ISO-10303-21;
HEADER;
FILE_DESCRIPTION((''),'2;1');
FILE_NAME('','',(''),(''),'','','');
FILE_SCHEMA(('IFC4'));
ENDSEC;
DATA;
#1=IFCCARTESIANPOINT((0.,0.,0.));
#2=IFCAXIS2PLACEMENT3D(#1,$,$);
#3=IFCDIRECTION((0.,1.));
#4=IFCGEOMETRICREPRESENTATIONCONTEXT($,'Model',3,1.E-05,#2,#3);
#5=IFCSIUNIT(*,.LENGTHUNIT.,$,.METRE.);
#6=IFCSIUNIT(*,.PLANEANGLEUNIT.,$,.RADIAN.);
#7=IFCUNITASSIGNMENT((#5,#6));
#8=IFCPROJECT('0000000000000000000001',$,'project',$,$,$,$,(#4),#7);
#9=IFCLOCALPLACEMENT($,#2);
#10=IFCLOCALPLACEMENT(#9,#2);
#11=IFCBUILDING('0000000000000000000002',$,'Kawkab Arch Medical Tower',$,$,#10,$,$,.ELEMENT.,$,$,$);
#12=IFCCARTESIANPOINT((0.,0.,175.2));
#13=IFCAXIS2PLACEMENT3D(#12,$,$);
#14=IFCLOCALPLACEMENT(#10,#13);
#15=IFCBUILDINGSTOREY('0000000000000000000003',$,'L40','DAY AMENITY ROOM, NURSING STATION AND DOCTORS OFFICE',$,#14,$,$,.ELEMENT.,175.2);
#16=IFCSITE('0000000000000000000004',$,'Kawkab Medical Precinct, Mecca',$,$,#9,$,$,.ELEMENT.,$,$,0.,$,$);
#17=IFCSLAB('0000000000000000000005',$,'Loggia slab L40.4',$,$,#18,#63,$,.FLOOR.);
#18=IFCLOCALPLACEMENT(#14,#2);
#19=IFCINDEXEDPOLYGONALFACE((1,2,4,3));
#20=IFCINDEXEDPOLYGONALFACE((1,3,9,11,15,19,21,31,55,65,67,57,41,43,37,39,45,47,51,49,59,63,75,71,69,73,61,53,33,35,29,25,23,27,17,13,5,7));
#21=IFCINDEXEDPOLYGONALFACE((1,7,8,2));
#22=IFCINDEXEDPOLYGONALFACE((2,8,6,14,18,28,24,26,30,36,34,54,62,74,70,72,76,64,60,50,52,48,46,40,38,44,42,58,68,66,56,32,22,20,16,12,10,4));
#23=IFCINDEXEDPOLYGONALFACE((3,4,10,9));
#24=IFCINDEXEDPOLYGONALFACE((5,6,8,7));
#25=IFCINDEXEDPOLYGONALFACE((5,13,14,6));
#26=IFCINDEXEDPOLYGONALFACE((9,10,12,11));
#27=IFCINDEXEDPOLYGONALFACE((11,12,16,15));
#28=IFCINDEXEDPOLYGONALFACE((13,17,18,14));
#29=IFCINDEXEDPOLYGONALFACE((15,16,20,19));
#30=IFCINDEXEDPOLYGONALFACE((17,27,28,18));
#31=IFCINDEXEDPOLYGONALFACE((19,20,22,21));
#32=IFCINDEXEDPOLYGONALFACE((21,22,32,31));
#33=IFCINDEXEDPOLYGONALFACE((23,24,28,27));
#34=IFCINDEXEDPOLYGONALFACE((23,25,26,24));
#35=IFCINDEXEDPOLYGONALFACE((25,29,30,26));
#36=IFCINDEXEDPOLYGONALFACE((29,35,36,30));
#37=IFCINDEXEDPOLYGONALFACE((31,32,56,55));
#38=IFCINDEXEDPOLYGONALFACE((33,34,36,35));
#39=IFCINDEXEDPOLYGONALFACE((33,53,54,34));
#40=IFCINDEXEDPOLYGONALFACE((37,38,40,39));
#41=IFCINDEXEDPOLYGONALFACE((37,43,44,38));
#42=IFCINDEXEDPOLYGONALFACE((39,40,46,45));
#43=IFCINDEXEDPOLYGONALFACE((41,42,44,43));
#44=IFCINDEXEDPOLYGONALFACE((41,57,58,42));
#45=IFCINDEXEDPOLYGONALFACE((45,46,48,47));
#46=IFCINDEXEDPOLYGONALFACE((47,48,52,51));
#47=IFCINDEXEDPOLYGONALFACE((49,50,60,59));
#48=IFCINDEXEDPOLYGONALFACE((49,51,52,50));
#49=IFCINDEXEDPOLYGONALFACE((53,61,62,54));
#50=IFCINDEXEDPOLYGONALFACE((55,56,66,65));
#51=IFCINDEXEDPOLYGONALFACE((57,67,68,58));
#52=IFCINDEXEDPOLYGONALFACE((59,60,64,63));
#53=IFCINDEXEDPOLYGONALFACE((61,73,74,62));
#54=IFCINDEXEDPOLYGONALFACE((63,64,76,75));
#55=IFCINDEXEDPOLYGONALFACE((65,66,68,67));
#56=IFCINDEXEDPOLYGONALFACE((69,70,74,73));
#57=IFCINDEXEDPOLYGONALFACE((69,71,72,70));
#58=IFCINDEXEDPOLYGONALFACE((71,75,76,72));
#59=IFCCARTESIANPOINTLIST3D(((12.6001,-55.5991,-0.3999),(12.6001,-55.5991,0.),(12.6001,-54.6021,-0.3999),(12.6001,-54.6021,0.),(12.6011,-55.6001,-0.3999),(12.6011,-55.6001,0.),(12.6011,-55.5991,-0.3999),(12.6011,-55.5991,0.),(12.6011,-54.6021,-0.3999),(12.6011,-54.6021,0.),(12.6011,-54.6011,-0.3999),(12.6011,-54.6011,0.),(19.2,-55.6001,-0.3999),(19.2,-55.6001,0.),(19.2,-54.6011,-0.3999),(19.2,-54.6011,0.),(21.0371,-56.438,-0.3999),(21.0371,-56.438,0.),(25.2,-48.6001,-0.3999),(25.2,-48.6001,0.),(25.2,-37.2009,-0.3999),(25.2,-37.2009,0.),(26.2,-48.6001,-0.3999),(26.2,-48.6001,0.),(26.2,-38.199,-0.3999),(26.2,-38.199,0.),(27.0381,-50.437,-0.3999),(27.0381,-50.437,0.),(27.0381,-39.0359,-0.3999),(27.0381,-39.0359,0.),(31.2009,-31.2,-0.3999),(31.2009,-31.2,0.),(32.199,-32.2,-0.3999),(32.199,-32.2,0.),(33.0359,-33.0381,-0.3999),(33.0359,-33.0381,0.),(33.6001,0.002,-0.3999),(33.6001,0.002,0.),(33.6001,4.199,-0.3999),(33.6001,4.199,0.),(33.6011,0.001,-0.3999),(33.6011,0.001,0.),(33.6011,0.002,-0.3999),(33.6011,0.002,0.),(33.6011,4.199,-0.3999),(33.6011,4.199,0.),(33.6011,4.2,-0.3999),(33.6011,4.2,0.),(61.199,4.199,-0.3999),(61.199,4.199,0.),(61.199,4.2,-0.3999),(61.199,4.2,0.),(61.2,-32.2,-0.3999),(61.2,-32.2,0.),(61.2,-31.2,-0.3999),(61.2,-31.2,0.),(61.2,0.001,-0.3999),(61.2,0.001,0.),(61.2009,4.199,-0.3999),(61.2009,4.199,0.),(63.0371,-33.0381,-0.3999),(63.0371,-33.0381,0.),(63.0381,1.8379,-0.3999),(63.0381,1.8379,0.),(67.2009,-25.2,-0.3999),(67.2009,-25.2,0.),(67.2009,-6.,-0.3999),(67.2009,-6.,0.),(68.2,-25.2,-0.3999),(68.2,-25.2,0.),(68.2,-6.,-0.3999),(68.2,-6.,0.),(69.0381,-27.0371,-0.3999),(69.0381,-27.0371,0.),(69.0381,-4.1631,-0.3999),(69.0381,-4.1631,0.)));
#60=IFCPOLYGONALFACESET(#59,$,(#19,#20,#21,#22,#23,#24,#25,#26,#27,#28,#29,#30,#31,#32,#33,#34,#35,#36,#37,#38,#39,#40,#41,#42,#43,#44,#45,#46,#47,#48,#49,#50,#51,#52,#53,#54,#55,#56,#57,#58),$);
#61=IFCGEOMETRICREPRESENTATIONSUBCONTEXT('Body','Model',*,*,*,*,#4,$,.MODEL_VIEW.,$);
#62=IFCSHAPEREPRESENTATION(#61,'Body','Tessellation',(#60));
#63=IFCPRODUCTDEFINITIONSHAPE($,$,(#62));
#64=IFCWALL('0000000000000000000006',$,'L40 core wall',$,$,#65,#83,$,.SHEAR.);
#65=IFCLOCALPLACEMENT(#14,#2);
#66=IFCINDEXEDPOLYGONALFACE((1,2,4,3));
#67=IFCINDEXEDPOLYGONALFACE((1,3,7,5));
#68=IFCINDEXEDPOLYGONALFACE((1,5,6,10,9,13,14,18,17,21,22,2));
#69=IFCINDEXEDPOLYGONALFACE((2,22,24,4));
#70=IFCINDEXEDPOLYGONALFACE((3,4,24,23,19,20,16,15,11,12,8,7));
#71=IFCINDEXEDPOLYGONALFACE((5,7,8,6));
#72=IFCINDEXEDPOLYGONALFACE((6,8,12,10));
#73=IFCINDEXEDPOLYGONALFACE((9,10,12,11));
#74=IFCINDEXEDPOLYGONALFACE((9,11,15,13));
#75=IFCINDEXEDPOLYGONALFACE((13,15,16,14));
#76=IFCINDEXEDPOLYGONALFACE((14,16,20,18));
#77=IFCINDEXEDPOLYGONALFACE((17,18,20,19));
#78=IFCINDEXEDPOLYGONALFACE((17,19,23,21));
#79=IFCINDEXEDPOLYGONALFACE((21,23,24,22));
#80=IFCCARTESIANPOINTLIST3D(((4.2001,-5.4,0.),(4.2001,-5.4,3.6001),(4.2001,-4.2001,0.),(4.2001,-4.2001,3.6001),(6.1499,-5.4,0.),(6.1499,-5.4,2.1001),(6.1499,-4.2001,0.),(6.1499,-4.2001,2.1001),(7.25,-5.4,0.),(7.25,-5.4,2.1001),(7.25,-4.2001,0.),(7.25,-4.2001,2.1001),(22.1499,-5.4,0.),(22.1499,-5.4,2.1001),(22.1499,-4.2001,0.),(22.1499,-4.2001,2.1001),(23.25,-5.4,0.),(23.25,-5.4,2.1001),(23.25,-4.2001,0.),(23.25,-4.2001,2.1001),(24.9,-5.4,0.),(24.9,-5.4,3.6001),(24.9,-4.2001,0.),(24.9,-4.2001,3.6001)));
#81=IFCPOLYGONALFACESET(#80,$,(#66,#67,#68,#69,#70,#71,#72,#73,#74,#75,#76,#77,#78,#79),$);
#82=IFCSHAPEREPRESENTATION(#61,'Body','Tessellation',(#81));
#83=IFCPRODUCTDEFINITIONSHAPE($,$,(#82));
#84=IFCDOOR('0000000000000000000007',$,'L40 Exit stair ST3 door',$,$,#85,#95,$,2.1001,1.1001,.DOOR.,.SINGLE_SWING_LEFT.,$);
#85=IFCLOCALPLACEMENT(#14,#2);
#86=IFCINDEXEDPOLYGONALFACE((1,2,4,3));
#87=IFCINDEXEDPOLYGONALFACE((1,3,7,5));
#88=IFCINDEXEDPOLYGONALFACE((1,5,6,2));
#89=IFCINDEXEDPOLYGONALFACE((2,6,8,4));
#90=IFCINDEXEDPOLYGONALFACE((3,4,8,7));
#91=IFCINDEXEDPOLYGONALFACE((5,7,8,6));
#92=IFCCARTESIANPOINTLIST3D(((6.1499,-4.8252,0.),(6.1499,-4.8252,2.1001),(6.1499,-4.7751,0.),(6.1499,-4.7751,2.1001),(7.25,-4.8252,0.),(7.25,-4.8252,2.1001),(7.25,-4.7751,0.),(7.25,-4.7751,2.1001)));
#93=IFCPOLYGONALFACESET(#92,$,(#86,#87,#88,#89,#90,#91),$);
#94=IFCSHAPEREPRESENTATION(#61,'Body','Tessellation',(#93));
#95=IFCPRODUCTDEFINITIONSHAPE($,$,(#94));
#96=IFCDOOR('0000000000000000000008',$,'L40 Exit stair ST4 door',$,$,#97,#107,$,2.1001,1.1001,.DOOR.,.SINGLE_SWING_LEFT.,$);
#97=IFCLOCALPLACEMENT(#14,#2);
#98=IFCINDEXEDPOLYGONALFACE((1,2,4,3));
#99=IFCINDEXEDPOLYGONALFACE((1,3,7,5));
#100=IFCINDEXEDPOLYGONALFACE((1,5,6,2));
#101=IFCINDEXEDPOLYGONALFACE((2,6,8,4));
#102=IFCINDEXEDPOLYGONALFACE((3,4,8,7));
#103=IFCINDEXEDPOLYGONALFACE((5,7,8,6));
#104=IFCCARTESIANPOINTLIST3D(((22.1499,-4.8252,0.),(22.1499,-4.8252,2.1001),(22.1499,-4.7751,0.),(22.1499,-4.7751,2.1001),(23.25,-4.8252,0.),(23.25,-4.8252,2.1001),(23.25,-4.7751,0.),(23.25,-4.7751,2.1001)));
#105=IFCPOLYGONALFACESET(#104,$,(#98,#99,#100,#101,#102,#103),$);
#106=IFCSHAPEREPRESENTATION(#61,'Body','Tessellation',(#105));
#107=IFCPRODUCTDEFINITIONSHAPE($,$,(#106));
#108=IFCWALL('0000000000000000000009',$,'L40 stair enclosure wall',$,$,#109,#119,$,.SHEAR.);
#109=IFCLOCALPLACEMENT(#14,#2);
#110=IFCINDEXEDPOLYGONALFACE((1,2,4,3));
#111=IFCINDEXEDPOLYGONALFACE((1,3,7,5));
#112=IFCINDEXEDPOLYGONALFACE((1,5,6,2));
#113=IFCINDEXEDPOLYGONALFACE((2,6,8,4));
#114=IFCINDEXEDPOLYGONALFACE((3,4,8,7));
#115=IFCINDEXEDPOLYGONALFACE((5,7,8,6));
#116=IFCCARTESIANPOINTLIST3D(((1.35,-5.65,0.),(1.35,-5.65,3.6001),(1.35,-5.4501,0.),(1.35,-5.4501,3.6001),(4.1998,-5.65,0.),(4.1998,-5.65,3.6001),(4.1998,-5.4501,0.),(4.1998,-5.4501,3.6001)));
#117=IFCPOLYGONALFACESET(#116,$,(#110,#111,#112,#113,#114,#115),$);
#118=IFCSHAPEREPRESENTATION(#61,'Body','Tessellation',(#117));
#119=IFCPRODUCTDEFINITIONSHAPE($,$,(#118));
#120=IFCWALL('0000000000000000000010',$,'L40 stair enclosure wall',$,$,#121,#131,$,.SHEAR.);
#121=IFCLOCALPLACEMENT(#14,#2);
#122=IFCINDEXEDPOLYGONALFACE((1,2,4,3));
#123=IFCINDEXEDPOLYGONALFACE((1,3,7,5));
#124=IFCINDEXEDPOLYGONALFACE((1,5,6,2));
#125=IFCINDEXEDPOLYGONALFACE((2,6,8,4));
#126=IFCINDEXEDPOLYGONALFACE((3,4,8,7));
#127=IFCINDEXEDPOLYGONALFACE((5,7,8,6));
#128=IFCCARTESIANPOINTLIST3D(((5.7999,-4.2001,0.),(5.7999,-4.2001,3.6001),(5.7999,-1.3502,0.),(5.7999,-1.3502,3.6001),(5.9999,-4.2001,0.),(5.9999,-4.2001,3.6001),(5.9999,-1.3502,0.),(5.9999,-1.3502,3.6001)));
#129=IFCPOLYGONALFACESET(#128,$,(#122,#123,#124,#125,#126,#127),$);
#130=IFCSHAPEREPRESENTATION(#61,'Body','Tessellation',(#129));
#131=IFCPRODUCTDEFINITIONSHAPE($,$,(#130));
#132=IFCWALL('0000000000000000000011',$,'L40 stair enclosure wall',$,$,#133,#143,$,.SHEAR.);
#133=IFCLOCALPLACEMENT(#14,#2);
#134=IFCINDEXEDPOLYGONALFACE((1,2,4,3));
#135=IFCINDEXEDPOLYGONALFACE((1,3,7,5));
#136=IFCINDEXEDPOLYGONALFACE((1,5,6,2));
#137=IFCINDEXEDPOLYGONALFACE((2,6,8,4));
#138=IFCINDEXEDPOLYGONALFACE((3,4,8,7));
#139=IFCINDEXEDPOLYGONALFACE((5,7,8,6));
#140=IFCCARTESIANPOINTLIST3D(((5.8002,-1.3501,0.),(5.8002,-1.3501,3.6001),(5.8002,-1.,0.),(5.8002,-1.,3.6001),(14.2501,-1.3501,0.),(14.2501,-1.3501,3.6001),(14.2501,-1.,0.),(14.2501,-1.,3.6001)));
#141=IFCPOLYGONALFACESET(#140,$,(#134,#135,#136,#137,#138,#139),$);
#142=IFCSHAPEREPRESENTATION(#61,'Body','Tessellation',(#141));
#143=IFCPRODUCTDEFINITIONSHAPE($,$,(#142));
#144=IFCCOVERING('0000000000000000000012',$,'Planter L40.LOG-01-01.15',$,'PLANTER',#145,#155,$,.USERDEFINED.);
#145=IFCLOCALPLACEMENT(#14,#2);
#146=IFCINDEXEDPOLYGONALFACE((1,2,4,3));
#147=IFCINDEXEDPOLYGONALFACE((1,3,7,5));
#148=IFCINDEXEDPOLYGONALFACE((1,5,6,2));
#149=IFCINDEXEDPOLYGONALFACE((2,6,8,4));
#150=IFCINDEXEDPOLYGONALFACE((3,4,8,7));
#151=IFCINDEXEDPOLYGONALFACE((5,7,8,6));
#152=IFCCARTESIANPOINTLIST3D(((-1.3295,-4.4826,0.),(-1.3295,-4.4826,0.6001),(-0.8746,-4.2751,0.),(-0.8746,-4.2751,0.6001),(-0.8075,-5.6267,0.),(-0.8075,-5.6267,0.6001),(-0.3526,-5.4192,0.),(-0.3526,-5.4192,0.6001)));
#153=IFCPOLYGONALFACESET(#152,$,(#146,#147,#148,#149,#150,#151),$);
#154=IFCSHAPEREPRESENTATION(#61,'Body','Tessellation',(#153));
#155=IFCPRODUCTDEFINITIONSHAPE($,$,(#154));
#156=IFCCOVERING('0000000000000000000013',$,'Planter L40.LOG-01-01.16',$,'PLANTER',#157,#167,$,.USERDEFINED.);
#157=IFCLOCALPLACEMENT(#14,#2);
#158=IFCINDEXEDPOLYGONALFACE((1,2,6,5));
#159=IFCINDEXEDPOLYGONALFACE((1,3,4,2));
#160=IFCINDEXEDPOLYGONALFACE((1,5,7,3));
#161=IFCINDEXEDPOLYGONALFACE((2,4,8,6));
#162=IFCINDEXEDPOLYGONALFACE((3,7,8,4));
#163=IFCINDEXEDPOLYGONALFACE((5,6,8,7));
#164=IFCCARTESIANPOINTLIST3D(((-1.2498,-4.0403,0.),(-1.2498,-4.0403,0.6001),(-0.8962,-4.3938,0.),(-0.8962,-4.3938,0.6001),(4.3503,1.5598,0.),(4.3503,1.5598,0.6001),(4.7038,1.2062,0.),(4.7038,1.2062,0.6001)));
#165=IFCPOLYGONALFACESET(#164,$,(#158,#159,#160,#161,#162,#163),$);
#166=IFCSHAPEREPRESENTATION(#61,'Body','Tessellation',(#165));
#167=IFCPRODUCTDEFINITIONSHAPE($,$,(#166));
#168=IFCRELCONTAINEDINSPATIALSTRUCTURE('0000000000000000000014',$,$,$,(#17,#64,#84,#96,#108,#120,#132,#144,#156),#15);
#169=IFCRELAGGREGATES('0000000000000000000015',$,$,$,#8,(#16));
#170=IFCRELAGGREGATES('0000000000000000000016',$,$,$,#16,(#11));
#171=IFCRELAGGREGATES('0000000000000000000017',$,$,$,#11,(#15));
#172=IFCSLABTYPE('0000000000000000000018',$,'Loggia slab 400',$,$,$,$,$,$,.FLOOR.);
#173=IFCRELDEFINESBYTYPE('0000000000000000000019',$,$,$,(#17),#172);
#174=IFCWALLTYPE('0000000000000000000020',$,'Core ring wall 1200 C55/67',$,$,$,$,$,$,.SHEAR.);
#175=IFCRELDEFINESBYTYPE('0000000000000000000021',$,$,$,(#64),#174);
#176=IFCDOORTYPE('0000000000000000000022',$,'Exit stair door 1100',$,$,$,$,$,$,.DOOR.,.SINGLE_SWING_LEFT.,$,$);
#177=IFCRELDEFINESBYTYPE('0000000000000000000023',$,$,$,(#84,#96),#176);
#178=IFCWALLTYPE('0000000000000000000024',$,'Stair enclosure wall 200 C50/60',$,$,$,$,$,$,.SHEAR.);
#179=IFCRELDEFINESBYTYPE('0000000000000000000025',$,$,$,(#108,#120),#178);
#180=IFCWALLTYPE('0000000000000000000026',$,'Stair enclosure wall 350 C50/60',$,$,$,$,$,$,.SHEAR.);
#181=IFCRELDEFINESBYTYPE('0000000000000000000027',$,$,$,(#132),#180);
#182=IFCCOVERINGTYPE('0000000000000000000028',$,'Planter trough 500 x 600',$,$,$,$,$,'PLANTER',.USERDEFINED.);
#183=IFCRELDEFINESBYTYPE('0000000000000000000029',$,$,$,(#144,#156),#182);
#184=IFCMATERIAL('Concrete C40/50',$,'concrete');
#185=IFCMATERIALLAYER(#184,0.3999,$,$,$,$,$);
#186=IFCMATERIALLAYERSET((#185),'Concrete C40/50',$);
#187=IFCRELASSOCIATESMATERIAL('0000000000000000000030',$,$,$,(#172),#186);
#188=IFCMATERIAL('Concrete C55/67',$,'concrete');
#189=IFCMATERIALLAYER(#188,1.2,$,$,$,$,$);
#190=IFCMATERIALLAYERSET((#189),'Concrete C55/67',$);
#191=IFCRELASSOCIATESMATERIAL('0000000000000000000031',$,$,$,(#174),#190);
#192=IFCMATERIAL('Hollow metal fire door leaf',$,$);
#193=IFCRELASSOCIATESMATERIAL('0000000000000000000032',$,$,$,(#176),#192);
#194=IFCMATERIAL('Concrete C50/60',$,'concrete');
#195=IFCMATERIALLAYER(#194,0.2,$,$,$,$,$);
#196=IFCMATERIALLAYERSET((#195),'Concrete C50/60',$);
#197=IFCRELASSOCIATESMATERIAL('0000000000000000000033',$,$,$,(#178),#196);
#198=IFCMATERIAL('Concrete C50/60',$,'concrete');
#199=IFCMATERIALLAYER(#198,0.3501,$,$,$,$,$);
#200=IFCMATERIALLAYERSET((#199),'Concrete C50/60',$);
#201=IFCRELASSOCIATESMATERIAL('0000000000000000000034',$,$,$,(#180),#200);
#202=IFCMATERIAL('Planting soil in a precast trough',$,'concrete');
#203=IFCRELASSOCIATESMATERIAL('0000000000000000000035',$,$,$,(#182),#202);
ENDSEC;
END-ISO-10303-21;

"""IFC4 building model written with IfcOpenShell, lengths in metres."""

from ifc_helpers import new_model, si_unit, direction, frame, frame_2d, origin, origin_2d, place, context, subcontext, project, spatial, polyline, rectangle, outline, extrude, material, layer, layer_set, material_profile, profile_set, type_object, element, fill, save


model = new_model("IFC4")

# Units and contexts
model_context = context("Model", 3, precision=1e-05, world=origin(), true_north=direction((0.0, 1.0)))
body_context = subcontext(model_context, "Body", "Model", "MODEL_VIEW")
ifc_project = project(units=[si_unit("LENGTHUNIT", "METRE"), si_unit("PLANEANGLEUNIT", "RADIAN")], contexts=[model_context])

# Site, building, storey
site_placement = place(None, origin())
site = spatial("IfcSite", under=ifc_project, at=site_placement, Name="Kawkab Medical Precinct, Mecca", CompositionType="ELEMENT", RefElevation=0.0)
building_placement = place(site_placement, origin())
building = spatial("IfcBuilding", under=site, at=building_placement, Name="Kawkab Arch Medical Tower", CompositionType="ELEMENT")
storey_placement = place(building_placement, frame((0.0, 0.0, 175.2)))
storey = spatial("IfcBuildingStorey", under=building, at=storey_placement, Name="L40", Description="DAY AMENITY ROOM, NURSING STATION AND DOCTORS OFFICE", CompositionType="ELEMENT", Elevation=175.2)

# Slab
ifc_material_1 = material(Name="Concrete C40/50", Category="concrete")
ifc_layer_1 = layer(ifc_material_1, 0.3999)
ifc_layer_set_1 = layer_set([ifc_layer_1], Name="Concrete C40/50")
slab_type_1 = type_object("IfcSlabType", Name="Loggia slab 400", PredefinedType="FLOOR", material=ifc_layer_set_1)
placement_1 = place(storey_placement, frame((0.0, 0.0, -0.3999)))
element("IfcSlab", 1, at=placement_1, inside=storey, type_object=slab_type_1, Name="Loggia slab L40.4", PredefinedType="FLOOR", context=body_context, shape_type="SweptSolid", body=[
    extrude(outline(polyline([(12.6011, -55.6001), (12.6011, -55.5991), (12.6001, -55.5991), (12.6001, -54.6021), (12.6011, -54.6021), (12.6011, -54.6011), (19.2, -54.6011), (25.2, -48.6001), (25.2, -37.2009), (31.2009, -31.2), (61.2, -31.2), (67.2009, -25.2), (67.2009, -6.0), (61.2, 0.001), (33.6011, 0.001), (33.6011, 0.002), (33.6001, 0.002), (33.6001, 4.199), (33.6011, 4.199), (33.6011, 4.2), (61.199, 4.2), (61.199, 4.199), (61.2009, 4.199), (63.0381, 1.8379), (69.0381, -4.1631), (68.2, -6.0), (68.2, -25.2), (69.0381, -27.0371), (63.0371, -33.0381), (61.2, -32.2), (32.199, -32.2), (33.0359, -33.0381), (27.0381, -39.0359), (26.2, -38.199), (26.2, -48.6001), (27.0381, -50.437), (21.0371, -56.438), (19.2, -55.6001), (12.6011, -55.6001)])), origin(), (0.0, 0.0, 1.0), 0.3999),
])

# Wall, openings, doors
ifc_material_2 = material(Name="Concrete C55/67", Category="concrete")
ifc_layer_2 = layer(ifc_material_2, 1.2)
ifc_layer_set_2 = layer_set([ifc_layer_2], Name="Concrete C55/67")
wall_type_1 = type_object("IfcWallType", Name="Core ring wall 1200 C55/67", PredefinedType="SHEAR", material=ifc_layer_set_2)
wall_1_placement = place(storey_placement, frame((4.2, -4.8, 0.0), z_axis=(0.0, 0.0, 1.0), x_axis=(1.0, 0.0, 0.0)))
wall_1 = element("IfcWall", 2, at=wall_1_placement, inside=storey, type_object=wall_type_1, Name="L40 core wall", PredefinedType="SHEAR", context=body_context, shape_type="SweptSolid", body=[
    extrude(rectangle(XDim=20.7, YDim=1.2, at=frame_2d((10.3501, 0.0))), origin(), (0.0, 0.0, 1.0), 3.6001),
])
opening_1_placement = place(wall_1_placement, frame((1.95, 0.0, 0.0)))
opening_1 = element("IfcOpeningElement", 3, at=opening_1_placement, cuts=wall_1, PredefinedType="OPENING", context=body_context, shape_type="SweptSolid", body=[
    extrude(rectangle(XDim=1.1001, YDim=2.1001, at=frame_2d((0.55, 1.05))), frame((0.0, 0.6099, 0.0), z_axis=(0.0, -1.0, 0.0), x_axis=(1.0, 0.0, 0.0)), (0.0, 0.0, 1.0), 1.22),
])
opening_2_placement = place(wall_1_placement, frame((17.95, 0.0, 0.0)))
opening_2 = element("IfcOpeningElement", 4, at=opening_2_placement, cuts=wall_1, PredefinedType="OPENING", context=body_context, shape_type="SweptSolid", body=[
    extrude(rectangle(XDim=1.1001, YDim=2.1001, at=frame_2d((0.55, 1.05))), frame((0.0, 0.6099, 0.0), z_axis=(0.0, -1.0, 0.0), x_axis=(1.0, 0.0, 0.0)), (0.0, 0.0, 1.0), 1.22),
])
ifc_material_3 = material(Name="Hollow metal fire door leaf")
door_type = type_object("IfcDoorType", Name="Exit stair door 1100", OperationType="SINGLE_SWING_LEFT", PredefinedType="DOOR", material=ifc_material_3)
door_1_placement = place(opening_1_placement, origin())
door_1 = element("IfcDoor", 5, at=door_1_placement, inside=storey, type_object=door_type, Name="L40 Exit stair ST3 door", OperationType="SINGLE_SWING_LEFT", OverallHeight=2.1001, OverallWidth=1.1001, PredefinedType="DOOR", context=body_context, shape_type="SweptSolid", body=[
    extrude(rectangle(XDim=1.1001, YDim=2.1001, at=frame_2d((0.55, 1.05))), frame((0.0, 0.0249, 0.0), z_axis=(0.0, -1.0, 0.0), x_axis=(1.0, 0.0, 0.0)), (0.0, 0.0, 1.0), 0.05),
])
fill(opening_1, door_1)
door_2_placement = place(opening_2_placement, origin())
door_2 = element("IfcDoor", 6, at=door_2_placement, inside=storey, type_object=door_type, Name="L40 Exit stair ST4 door", OperationType="SINGLE_SWING_LEFT", OverallHeight=2.1001, OverallWidth=1.1001, PredefinedType="DOOR", context=body_context, shape_type="SweptSolid", body=[
    extrude(rectangle(XDim=1.1001, YDim=2.1001, at=frame_2d((0.55, 1.05))), frame((0.0, 0.0249, 0.0), z_axis=(0.0, -1.0, 0.0), x_axis=(1.0, 0.0, 0.0)), (0.0, 0.0, 1.0), 0.05),
])
fill(opening_2, door_2)

# Walls
ifc_material_4 = material(Name="Concrete C50/60", Category="concrete")
ifc_layer_3 = layer(ifc_material_4, 0.2)
ifc_layer_set_3 = layer_set([ifc_layer_3], Name="Concrete C50/60")
wall_type_2 = type_object("IfcWallType", Name="Stair enclosure wall 200 C50/60", PredefinedType="SHEAR", material=ifc_layer_set_3)
for number, where, z_axis, x_axis, name in (
    (7, (1.3501, -5.55, 0.0), (0.0, 0.0, 1.0), (1.0, 0.0, 0.0), "L40 stair enclosure wall"),
    (8, (5.8999, -4.2, 0.0), (0.0, 0.0, 1.0), (0.0, 1.0, 0.0), "L40 stair enclosure wall"),
):
    element("IfcWall", number, at=place(storey_placement, frame(where, z_axis=z_axis, x_axis=x_axis)), inside=storey, type_object=wall_type_2, Name=name, PredefinedType="SHEAR", context=body_context, shape_type="SweptSolid", body=[
        extrude(rectangle(XDim=2.8499, YDim=0.2, at=frame_2d((1.4248, 0.0))), origin(), (0.0, 0.0, 1.0), 3.6001),
    ])
ifc_material_5 = material(Name="Concrete C50/60", Category="concrete")
ifc_layer_4 = layer(ifc_material_5, 0.3501)
ifc_layer_set_4 = layer_set([ifc_layer_4], Name="Concrete C50/60")
wall_type_3 = type_object("IfcWallType", Name="Stair enclosure wall 350 C50/60", PredefinedType="SHEAR", material=ifc_layer_set_4)
wall_2_placement = place(storey_placement, frame((5.8, -1.175, 0.0), z_axis=(0.0, 0.0, 1.0), x_axis=(1.0, 0.0, 0.0)))
element("IfcWall", 9, at=wall_2_placement, inside=storey, type_object=wall_type_3, Name="L40 stair enclosure wall", PredefinedType="SHEAR", context=body_context, shape_type="SweptSolid", body=[
    extrude(rectangle(XDim=8.45, YDim=0.3501, at=frame_2d((4.2251, 0.0))), origin(), (0.0, 0.0, 1.0), 3.6001),
])

# Coverings
ifc_material_6 = material(Name="Planting soil in a precast trough", Category="concrete")
ifc_material_profile_1 = material_profile(ifc_material_6, rectangle(XDim=0.5, YDim=0.6001, at=origin_2d()), Name="Trough 500x600")
ifc_profile_set_1 = profile_set([ifc_material_profile_1], Name="Planting soil in a precast trough")
covering_type = type_object("IfcCoveringType", Name="Planter trough 500 x 600", ElementType="PLANTER", PredefinedType="USERDEFINED", material=ifc_profile_set_1)
covering_1_placement = place(storey_placement, frame((-0.5801, -5.5229, 0.3), z_axis=(-0.41509, 0.90978, 0.0), x_axis=(-0.90978, -0.41509, 0.0)))
element("IfcCovering", 10, at=covering_1_placement, inside=storey, type_object=covering_type, Name="Planter L40.LOG-01-01.15", ObjectType="PLANTER", PredefinedType="USERDEFINED", context=body_context, shape_type="SweptSolid", body=[
    extrude(rectangle(XDim=0.5, YDim=0.6001, at=origin_2d()), origin(), (0.0, 0.0, 1.0), 1.2576),
])
covering_2_placement = place(storey_placement, frame((-1.073, -4.217, 0.3), z_axis=(0.707107, 0.707107, 0.0), x_axis=(-0.707107, 0.707107, 0.0)))
element("IfcCovering", 11, at=covering_2_placement, inside=storey, type_object=covering_type, Name="Planter L40.LOG-01-01.16", ObjectType="PLANTER", PredefinedType="USERDEFINED", context=body_context, shape_type="SweptSolid", body=[
    extrude(rectangle(XDim=0.5, YDim=0.6001, at=origin_2d()), origin(), (0.0, 0.0, 1.0), 7.9197),
])

save(model, "model.ifc")
